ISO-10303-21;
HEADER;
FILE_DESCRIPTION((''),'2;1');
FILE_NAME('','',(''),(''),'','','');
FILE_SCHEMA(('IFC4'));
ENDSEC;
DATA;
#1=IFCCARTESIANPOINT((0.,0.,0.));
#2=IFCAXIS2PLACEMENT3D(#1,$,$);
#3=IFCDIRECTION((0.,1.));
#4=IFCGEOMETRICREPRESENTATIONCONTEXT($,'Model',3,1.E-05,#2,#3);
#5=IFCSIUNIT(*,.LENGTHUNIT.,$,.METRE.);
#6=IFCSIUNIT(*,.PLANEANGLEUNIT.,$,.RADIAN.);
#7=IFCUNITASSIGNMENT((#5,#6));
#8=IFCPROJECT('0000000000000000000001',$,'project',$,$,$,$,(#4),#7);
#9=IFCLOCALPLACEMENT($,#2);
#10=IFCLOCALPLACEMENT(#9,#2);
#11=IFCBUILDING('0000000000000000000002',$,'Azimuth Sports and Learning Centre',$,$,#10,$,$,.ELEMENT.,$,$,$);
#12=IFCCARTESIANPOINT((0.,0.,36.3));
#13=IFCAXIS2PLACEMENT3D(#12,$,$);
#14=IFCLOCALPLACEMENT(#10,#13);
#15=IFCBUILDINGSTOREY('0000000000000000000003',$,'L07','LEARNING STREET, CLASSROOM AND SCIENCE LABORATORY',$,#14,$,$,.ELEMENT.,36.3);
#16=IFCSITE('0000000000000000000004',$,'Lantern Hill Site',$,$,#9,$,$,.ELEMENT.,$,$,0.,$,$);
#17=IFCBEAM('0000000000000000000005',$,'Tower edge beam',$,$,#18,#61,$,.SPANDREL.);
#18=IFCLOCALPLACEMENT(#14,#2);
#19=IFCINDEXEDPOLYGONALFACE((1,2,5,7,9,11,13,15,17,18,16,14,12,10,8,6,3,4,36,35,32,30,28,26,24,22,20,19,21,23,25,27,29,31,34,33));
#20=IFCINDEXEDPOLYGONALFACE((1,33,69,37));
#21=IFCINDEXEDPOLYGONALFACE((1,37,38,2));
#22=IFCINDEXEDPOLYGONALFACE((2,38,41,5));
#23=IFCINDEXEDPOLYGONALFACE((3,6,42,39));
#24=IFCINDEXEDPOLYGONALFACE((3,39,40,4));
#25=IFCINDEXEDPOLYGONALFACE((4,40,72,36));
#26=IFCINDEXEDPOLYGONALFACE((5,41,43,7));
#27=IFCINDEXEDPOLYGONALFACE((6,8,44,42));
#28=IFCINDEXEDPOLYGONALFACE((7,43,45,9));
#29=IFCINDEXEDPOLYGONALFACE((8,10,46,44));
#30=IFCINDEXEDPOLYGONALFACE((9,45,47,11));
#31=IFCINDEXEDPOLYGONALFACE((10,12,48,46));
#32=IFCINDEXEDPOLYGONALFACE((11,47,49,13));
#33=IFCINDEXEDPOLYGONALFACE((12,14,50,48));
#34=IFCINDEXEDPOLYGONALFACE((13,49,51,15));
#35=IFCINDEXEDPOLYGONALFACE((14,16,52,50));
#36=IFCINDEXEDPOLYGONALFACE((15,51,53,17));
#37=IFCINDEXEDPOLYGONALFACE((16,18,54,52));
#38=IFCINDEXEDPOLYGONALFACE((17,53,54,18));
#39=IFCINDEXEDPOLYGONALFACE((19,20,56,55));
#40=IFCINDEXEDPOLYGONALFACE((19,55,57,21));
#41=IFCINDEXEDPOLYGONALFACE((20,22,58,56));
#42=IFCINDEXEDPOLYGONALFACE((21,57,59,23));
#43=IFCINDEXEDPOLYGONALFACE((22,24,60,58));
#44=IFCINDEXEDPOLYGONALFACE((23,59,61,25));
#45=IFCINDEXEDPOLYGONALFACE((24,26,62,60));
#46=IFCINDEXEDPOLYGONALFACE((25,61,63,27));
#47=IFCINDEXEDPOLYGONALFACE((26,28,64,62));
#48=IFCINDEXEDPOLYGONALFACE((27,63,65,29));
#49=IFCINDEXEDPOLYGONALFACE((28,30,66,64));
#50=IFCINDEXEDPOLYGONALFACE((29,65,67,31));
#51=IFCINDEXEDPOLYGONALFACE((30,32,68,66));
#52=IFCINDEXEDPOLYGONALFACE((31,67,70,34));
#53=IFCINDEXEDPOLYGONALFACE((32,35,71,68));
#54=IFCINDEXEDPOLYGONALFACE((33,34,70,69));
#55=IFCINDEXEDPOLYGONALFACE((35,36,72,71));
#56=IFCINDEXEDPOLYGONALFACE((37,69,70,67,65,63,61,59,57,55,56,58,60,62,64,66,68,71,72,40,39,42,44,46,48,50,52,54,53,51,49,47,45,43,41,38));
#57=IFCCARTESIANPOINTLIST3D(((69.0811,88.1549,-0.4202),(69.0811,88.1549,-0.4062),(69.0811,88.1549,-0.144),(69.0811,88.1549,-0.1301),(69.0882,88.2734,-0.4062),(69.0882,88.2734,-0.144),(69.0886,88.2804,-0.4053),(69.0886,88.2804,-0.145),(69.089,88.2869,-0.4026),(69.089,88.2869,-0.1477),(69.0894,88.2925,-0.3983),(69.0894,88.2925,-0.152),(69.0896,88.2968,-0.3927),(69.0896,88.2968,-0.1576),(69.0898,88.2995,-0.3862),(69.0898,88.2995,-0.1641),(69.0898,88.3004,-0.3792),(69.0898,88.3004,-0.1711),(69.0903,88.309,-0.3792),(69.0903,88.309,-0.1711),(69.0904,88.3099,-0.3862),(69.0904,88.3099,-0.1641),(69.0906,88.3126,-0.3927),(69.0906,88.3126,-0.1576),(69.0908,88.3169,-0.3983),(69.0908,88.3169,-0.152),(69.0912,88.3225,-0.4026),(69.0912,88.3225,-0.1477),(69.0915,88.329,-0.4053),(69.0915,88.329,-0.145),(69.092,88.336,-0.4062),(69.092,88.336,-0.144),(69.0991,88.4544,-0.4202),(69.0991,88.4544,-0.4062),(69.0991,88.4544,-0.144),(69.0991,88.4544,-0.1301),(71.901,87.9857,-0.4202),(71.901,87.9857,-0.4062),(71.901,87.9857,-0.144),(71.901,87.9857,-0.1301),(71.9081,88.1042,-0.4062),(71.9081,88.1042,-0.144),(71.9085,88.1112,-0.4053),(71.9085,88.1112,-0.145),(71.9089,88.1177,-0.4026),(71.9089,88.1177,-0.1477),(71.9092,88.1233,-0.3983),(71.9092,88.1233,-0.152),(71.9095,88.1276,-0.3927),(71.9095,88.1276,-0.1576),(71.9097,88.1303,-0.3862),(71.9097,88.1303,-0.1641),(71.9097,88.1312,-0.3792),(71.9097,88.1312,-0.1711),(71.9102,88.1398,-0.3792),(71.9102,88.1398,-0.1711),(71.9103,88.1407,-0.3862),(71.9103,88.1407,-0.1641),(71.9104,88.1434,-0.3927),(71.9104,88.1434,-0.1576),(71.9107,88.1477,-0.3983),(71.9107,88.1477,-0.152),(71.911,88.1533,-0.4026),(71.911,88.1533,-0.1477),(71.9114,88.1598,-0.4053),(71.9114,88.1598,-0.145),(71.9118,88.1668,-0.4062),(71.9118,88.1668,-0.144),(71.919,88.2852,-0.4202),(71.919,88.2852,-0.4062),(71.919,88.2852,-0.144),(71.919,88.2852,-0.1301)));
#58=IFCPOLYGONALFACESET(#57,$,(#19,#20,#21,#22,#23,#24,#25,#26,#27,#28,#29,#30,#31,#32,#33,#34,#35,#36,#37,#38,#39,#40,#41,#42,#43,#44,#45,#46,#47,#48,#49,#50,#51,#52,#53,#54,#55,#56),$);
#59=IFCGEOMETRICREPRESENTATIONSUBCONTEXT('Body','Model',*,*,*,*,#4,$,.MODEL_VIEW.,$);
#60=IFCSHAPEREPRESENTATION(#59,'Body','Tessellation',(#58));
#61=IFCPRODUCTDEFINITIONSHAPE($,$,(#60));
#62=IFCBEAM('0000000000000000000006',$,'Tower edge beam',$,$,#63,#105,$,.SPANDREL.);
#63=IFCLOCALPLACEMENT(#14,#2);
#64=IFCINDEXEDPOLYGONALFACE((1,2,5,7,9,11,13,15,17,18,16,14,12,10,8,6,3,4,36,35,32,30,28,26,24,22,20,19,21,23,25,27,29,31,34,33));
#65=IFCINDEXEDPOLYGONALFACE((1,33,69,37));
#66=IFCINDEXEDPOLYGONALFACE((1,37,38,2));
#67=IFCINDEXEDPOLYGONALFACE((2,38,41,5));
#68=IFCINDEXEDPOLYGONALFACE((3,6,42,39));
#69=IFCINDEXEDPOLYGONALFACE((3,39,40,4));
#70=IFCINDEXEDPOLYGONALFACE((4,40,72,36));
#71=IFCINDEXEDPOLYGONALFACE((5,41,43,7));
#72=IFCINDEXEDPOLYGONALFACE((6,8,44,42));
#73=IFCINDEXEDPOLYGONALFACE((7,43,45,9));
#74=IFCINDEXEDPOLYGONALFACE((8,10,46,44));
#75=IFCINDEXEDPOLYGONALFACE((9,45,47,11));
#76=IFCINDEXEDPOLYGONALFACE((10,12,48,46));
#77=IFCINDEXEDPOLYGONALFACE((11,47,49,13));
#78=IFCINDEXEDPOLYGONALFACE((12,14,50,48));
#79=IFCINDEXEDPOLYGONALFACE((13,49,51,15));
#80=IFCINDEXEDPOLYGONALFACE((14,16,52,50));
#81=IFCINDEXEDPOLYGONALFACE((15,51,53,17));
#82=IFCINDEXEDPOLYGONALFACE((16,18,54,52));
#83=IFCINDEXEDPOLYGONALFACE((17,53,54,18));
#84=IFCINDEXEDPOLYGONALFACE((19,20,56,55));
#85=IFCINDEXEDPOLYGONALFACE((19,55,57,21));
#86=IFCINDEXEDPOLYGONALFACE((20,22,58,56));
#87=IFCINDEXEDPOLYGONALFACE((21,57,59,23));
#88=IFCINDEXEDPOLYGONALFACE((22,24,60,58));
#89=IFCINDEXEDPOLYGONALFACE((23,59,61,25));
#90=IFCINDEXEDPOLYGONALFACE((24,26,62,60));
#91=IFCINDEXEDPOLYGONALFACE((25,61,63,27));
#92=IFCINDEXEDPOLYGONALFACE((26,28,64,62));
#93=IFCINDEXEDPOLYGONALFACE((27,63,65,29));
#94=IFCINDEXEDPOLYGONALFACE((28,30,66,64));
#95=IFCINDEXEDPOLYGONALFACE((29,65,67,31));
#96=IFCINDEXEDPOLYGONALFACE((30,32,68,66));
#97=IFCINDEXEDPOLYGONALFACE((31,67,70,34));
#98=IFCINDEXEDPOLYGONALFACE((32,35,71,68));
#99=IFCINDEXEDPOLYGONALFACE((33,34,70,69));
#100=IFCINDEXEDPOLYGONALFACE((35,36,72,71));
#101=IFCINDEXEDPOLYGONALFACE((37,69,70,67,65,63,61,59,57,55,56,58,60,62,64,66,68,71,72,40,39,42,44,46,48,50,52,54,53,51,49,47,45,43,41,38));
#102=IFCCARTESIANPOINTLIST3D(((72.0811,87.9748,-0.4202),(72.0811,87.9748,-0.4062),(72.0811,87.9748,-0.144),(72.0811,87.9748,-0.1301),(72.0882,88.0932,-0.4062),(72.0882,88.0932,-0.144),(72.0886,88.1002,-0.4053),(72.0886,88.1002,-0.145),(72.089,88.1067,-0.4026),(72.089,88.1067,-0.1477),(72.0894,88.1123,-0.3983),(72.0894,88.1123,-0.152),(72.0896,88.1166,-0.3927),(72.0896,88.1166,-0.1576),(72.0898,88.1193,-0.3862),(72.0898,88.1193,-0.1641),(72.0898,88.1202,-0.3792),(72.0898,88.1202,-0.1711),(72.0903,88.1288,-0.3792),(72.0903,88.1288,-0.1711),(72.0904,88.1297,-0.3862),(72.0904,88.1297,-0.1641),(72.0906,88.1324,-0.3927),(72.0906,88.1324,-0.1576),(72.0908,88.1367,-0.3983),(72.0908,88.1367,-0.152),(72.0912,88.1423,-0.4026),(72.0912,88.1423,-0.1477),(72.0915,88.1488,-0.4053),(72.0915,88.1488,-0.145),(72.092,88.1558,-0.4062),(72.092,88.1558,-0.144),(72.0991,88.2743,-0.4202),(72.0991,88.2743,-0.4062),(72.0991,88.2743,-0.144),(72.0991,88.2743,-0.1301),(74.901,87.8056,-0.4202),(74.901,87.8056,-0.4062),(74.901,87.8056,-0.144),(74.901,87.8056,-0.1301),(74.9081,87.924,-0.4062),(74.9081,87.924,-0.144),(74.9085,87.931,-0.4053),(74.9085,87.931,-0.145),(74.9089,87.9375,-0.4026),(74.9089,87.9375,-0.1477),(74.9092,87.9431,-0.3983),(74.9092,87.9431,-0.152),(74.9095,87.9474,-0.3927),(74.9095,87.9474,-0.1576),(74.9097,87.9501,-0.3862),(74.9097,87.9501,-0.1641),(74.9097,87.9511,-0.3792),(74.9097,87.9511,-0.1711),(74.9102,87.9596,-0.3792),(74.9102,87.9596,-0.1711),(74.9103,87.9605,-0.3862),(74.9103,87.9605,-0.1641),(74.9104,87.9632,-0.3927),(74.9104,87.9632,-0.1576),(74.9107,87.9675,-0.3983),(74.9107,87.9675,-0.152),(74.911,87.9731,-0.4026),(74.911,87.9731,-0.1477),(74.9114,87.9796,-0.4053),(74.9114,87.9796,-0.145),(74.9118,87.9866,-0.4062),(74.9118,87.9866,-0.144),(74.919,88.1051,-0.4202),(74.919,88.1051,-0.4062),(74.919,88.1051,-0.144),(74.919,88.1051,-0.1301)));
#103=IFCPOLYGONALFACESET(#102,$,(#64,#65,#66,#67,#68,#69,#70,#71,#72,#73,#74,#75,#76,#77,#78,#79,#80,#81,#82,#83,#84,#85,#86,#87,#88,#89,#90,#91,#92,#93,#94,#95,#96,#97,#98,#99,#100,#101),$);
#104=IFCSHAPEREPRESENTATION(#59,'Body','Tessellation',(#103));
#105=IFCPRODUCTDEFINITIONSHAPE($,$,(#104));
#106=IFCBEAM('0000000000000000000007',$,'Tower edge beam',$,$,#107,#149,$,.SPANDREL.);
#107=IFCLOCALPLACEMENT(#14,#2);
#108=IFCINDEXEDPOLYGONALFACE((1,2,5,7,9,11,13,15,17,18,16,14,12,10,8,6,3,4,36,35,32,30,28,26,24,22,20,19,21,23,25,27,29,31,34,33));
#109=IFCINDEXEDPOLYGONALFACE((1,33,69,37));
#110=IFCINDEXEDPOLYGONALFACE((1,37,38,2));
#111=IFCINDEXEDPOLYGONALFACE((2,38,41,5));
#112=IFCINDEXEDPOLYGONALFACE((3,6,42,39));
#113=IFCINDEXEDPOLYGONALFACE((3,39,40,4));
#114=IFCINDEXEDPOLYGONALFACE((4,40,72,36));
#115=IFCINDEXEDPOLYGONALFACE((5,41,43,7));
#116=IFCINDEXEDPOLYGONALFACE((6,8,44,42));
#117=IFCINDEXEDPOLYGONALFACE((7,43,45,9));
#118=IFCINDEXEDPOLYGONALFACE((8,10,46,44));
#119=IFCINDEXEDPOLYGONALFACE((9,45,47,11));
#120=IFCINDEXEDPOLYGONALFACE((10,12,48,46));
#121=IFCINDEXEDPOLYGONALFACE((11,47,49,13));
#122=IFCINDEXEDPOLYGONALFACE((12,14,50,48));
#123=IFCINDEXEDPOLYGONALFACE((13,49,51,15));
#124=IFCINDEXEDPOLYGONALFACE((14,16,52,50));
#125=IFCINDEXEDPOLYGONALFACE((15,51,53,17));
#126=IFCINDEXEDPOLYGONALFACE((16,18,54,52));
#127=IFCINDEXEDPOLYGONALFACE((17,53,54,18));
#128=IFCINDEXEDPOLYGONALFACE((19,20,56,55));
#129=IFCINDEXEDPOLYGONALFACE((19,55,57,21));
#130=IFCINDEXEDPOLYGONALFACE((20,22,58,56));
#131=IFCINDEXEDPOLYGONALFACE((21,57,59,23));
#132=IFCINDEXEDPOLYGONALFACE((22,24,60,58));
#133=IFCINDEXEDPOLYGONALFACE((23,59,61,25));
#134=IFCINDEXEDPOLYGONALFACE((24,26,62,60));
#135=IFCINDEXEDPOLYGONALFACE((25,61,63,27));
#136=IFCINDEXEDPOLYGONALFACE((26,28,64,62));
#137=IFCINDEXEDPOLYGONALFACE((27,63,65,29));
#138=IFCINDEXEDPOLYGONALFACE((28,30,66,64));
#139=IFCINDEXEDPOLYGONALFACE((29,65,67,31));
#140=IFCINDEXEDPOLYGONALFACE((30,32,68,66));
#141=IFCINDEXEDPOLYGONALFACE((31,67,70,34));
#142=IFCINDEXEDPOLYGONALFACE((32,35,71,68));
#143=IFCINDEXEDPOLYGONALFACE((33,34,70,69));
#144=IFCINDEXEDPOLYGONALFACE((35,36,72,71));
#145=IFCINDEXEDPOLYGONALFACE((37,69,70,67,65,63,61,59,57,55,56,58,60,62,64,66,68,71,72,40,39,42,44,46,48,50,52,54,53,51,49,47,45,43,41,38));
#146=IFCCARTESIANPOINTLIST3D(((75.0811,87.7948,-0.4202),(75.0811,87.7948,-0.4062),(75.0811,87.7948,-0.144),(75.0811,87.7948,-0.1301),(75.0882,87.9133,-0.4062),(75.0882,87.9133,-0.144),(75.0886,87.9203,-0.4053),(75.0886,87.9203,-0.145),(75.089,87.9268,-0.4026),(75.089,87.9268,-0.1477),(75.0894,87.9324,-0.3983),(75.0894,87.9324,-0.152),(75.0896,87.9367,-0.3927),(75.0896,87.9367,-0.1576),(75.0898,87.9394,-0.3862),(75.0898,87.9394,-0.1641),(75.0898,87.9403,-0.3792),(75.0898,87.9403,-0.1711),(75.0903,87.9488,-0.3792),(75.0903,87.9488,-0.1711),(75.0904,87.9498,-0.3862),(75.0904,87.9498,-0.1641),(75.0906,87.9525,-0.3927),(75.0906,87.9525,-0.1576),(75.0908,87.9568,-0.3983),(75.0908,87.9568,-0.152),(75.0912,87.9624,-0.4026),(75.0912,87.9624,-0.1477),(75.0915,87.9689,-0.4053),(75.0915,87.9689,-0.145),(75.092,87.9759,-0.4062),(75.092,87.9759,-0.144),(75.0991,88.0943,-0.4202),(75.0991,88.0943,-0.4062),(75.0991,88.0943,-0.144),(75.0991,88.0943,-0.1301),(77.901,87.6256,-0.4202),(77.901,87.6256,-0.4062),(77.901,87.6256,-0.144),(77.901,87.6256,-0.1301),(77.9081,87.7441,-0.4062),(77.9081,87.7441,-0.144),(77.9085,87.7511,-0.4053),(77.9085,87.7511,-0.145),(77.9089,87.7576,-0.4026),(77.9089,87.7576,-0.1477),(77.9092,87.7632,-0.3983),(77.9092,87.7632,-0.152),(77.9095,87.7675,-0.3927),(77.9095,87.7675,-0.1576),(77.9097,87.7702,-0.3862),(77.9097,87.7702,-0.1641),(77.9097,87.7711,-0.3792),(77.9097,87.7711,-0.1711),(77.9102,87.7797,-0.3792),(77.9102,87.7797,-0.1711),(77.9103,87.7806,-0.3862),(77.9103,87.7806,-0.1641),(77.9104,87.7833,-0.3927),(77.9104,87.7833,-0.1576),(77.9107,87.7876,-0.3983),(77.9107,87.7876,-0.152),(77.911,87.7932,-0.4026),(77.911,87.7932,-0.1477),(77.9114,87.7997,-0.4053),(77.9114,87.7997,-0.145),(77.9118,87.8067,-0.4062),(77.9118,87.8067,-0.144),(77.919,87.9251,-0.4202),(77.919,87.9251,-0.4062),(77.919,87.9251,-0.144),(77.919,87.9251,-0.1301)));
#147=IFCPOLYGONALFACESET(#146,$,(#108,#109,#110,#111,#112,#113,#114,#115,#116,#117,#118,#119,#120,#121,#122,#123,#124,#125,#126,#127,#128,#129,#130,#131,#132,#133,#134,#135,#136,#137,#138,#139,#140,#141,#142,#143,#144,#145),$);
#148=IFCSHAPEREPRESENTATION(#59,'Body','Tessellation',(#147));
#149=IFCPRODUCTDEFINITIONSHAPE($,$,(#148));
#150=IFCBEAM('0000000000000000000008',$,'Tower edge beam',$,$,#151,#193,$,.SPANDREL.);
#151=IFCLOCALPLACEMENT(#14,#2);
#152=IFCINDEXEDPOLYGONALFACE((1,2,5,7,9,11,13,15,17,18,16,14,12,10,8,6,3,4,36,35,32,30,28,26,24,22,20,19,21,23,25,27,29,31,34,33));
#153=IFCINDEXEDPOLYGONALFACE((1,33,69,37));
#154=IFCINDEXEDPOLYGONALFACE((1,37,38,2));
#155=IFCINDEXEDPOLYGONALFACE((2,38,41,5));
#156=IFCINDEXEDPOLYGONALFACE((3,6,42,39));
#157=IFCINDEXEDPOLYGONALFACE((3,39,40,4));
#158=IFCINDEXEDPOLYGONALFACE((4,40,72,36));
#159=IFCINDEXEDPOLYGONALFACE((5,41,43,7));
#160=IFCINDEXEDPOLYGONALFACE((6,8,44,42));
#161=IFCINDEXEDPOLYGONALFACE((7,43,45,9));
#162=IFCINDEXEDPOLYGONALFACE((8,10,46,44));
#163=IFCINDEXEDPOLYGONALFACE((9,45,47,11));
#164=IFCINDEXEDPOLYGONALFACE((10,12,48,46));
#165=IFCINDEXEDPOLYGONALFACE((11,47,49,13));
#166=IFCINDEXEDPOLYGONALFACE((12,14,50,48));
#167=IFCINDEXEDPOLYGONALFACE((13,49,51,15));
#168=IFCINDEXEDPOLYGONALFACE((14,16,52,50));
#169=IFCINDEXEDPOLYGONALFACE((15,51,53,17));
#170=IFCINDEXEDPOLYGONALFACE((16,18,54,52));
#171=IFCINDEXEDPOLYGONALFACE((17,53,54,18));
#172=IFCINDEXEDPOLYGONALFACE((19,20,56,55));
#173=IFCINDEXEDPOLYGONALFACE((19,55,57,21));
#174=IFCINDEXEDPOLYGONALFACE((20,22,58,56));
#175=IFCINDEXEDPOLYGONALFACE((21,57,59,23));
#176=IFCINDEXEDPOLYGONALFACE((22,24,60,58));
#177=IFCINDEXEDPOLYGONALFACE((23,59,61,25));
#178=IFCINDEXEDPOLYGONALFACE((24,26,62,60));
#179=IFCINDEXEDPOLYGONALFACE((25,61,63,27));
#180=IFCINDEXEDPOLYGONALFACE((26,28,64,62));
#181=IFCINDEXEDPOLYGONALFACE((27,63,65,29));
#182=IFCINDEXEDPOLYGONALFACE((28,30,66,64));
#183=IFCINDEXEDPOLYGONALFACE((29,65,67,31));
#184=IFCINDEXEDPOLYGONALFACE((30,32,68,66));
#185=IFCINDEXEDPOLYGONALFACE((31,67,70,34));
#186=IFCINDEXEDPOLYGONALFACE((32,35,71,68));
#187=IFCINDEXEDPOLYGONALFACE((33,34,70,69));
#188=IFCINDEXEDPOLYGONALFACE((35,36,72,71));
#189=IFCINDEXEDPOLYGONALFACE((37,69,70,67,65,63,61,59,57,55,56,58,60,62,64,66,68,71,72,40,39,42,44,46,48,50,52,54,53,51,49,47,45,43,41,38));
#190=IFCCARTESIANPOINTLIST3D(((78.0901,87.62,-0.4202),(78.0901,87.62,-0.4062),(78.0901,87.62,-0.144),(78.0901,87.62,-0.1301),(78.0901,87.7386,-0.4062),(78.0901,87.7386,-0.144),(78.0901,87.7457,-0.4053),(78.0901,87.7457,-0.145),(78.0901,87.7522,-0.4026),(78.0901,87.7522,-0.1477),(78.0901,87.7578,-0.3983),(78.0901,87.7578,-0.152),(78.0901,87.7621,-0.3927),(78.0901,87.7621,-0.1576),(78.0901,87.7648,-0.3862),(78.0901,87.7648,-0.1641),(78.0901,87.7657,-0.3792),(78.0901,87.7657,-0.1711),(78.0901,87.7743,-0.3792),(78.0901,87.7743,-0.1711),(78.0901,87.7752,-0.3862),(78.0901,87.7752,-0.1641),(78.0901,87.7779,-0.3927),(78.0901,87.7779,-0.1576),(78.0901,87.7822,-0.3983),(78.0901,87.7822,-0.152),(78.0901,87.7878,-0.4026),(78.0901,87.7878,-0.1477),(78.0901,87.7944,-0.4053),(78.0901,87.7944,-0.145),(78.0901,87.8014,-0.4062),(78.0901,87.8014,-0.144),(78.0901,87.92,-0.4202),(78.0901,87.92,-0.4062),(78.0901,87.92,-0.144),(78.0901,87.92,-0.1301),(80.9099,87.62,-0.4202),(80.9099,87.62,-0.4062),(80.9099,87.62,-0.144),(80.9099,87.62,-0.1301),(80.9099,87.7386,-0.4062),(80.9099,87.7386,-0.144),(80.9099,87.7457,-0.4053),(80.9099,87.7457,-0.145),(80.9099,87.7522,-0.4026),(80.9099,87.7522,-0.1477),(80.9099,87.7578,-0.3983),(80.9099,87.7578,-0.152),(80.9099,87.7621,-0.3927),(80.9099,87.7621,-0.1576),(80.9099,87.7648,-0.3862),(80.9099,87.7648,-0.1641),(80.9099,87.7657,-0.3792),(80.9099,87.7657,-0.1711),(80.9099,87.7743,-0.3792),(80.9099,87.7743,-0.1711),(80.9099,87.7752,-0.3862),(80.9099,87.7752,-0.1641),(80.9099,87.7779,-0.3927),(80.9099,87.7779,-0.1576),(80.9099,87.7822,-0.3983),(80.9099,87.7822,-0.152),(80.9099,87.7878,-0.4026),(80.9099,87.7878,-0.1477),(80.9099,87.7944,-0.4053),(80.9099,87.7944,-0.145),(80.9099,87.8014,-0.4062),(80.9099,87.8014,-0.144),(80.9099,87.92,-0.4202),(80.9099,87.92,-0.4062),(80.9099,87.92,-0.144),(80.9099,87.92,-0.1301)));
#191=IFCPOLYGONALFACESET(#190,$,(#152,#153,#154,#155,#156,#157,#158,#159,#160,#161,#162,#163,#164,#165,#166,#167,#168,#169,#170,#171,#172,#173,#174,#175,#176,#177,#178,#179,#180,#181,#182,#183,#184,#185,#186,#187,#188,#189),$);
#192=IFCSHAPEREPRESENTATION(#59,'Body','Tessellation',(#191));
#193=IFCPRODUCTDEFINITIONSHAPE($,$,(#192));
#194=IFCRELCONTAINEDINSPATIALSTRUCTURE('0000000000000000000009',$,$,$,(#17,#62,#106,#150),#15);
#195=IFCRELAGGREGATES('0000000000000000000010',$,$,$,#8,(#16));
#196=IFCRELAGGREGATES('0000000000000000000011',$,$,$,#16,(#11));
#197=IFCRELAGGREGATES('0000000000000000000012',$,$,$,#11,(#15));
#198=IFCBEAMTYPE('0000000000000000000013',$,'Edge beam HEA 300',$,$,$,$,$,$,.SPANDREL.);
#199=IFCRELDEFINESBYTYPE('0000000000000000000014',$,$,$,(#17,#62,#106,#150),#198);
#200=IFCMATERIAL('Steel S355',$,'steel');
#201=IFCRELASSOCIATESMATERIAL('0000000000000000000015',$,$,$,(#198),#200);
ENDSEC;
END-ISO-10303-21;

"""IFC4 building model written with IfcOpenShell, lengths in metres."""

from ifc_helpers import new_model, si_unit, direction, frame, origin, origin_2d, place, context, subcontext, project, spatial, i_section, extrude, material, material_profile, profile_set, type_object, element, save


model = new_model("IFC4")

# Units and contexts
model_context = context("Model", 3, precision=1e-05, world=origin(), true_north=direction((0.0, 1.0)))
body_context = subcontext(model_context, "Body", "Model", "MODEL_VIEW")
ifc_project = project(units=[si_unit("LENGTHUNIT", "METRE"), si_unit("PLANEANGLEUNIT", "RADIAN")], contexts=[model_context])

# Site, building, storey
site_placement = place(None, origin())
site = spatial("IfcSite", under=ifc_project, at=site_placement, Name="Lantern Hill Site", CompositionType="ELEMENT", RefElevation=0.0)
building_placement = place(site_placement, origin())
building = spatial("IfcBuilding", under=site, at=building_placement, Name="Azimuth Sports and Learning Centre", CompositionType="ELEMENT")
storey_placement = place(building_placement, frame((0.0, 0.0, 36.3)))
storey = spatial("IfcBuildingStorey", under=building, at=storey_placement, Name="L07", Description="LEARNING STREET, CLASSROOM AND SCIENCE LABORATORY", CompositionType="ELEMENT", Elevation=36.3)

# Beams
ifc_material_1 = material(Name="Steel S355", Category="steel")
ifc_material_profile_1 = material_profile(ifc_material_1, i_section(OverallWidth=0.3, OverallDepth=0.29, WebThickness=0.0085, FlangeThickness=0.0139, FilletRadius=0.0271, at=origin_2d()), Name="HEA 300")
ifc_profile_set_1 = profile_set([ifc_material_profile_1], Name="Steel S355")
beam_type = type_object("IfcBeamType", Name="Edge beam HEA 300", PredefinedType="SPANDREL", material=ifc_profile_set_1)
for number, where, z_axis, x_axis, name in (
    (1, (69.0901, 88.3047, -0.2751), (0.998205, -0.059892, 0.0), (0.059892, 0.998205, 0.0), "Tower edge beam"),
    (2, (72.0901, 88.1245, -0.2751), (0.998205, -0.059892, 0.0), (0.059892, 0.998205, 0.0), "Tower edge beam"),
    (3, (75.0901, 87.9446, -0.2751), (0.998205, -0.059892, 0.0), (0.059892, 0.998205, 0.0), "Tower edge beam"),
):
    element("IfcBeam", number, at=place(storey_placement, frame(where, z_axis=z_axis, x_axis=x_axis)), inside=storey, type_object=beam_type, Name=name, PredefinedType="SPANDREL", context=body_context, shape_type="SweptSolid", body=[
        extrude(i_section(OverallWidth=0.3, OverallDepth=0.29, WebThickness=0.0085, FlangeThickness=0.0139, FilletRadius=0.0271, at=origin_2d()), origin(), (0.0, 0.0, 1.0), 2.825),
    ])
for number, where, z_axis, x_axis, name in (
    (4, (78.0901, 87.77, -0.2751), (1.0, 0.0, 0.0), (0.0, 1.0, 0.0), "Tower edge beam"),
):
    element("IfcBeam", number, at=place(storey_placement, frame(where, z_axis=z_axis, x_axis=x_axis)), inside=storey, type_object=beam_type, Name=name, PredefinedType="SPANDREL", context=body_context, shape_type="SweptSolid", body=[
        extrude(i_section(OverallWidth=0.3, OverallDepth=0.29, WebThickness=0.0085, FlangeThickness=0.0139, FilletRadius=0.0271, at=origin_2d()), origin(), (0.0, 0.0, 1.0), 2.8198),
    ])

save(model, "model.ifc")
